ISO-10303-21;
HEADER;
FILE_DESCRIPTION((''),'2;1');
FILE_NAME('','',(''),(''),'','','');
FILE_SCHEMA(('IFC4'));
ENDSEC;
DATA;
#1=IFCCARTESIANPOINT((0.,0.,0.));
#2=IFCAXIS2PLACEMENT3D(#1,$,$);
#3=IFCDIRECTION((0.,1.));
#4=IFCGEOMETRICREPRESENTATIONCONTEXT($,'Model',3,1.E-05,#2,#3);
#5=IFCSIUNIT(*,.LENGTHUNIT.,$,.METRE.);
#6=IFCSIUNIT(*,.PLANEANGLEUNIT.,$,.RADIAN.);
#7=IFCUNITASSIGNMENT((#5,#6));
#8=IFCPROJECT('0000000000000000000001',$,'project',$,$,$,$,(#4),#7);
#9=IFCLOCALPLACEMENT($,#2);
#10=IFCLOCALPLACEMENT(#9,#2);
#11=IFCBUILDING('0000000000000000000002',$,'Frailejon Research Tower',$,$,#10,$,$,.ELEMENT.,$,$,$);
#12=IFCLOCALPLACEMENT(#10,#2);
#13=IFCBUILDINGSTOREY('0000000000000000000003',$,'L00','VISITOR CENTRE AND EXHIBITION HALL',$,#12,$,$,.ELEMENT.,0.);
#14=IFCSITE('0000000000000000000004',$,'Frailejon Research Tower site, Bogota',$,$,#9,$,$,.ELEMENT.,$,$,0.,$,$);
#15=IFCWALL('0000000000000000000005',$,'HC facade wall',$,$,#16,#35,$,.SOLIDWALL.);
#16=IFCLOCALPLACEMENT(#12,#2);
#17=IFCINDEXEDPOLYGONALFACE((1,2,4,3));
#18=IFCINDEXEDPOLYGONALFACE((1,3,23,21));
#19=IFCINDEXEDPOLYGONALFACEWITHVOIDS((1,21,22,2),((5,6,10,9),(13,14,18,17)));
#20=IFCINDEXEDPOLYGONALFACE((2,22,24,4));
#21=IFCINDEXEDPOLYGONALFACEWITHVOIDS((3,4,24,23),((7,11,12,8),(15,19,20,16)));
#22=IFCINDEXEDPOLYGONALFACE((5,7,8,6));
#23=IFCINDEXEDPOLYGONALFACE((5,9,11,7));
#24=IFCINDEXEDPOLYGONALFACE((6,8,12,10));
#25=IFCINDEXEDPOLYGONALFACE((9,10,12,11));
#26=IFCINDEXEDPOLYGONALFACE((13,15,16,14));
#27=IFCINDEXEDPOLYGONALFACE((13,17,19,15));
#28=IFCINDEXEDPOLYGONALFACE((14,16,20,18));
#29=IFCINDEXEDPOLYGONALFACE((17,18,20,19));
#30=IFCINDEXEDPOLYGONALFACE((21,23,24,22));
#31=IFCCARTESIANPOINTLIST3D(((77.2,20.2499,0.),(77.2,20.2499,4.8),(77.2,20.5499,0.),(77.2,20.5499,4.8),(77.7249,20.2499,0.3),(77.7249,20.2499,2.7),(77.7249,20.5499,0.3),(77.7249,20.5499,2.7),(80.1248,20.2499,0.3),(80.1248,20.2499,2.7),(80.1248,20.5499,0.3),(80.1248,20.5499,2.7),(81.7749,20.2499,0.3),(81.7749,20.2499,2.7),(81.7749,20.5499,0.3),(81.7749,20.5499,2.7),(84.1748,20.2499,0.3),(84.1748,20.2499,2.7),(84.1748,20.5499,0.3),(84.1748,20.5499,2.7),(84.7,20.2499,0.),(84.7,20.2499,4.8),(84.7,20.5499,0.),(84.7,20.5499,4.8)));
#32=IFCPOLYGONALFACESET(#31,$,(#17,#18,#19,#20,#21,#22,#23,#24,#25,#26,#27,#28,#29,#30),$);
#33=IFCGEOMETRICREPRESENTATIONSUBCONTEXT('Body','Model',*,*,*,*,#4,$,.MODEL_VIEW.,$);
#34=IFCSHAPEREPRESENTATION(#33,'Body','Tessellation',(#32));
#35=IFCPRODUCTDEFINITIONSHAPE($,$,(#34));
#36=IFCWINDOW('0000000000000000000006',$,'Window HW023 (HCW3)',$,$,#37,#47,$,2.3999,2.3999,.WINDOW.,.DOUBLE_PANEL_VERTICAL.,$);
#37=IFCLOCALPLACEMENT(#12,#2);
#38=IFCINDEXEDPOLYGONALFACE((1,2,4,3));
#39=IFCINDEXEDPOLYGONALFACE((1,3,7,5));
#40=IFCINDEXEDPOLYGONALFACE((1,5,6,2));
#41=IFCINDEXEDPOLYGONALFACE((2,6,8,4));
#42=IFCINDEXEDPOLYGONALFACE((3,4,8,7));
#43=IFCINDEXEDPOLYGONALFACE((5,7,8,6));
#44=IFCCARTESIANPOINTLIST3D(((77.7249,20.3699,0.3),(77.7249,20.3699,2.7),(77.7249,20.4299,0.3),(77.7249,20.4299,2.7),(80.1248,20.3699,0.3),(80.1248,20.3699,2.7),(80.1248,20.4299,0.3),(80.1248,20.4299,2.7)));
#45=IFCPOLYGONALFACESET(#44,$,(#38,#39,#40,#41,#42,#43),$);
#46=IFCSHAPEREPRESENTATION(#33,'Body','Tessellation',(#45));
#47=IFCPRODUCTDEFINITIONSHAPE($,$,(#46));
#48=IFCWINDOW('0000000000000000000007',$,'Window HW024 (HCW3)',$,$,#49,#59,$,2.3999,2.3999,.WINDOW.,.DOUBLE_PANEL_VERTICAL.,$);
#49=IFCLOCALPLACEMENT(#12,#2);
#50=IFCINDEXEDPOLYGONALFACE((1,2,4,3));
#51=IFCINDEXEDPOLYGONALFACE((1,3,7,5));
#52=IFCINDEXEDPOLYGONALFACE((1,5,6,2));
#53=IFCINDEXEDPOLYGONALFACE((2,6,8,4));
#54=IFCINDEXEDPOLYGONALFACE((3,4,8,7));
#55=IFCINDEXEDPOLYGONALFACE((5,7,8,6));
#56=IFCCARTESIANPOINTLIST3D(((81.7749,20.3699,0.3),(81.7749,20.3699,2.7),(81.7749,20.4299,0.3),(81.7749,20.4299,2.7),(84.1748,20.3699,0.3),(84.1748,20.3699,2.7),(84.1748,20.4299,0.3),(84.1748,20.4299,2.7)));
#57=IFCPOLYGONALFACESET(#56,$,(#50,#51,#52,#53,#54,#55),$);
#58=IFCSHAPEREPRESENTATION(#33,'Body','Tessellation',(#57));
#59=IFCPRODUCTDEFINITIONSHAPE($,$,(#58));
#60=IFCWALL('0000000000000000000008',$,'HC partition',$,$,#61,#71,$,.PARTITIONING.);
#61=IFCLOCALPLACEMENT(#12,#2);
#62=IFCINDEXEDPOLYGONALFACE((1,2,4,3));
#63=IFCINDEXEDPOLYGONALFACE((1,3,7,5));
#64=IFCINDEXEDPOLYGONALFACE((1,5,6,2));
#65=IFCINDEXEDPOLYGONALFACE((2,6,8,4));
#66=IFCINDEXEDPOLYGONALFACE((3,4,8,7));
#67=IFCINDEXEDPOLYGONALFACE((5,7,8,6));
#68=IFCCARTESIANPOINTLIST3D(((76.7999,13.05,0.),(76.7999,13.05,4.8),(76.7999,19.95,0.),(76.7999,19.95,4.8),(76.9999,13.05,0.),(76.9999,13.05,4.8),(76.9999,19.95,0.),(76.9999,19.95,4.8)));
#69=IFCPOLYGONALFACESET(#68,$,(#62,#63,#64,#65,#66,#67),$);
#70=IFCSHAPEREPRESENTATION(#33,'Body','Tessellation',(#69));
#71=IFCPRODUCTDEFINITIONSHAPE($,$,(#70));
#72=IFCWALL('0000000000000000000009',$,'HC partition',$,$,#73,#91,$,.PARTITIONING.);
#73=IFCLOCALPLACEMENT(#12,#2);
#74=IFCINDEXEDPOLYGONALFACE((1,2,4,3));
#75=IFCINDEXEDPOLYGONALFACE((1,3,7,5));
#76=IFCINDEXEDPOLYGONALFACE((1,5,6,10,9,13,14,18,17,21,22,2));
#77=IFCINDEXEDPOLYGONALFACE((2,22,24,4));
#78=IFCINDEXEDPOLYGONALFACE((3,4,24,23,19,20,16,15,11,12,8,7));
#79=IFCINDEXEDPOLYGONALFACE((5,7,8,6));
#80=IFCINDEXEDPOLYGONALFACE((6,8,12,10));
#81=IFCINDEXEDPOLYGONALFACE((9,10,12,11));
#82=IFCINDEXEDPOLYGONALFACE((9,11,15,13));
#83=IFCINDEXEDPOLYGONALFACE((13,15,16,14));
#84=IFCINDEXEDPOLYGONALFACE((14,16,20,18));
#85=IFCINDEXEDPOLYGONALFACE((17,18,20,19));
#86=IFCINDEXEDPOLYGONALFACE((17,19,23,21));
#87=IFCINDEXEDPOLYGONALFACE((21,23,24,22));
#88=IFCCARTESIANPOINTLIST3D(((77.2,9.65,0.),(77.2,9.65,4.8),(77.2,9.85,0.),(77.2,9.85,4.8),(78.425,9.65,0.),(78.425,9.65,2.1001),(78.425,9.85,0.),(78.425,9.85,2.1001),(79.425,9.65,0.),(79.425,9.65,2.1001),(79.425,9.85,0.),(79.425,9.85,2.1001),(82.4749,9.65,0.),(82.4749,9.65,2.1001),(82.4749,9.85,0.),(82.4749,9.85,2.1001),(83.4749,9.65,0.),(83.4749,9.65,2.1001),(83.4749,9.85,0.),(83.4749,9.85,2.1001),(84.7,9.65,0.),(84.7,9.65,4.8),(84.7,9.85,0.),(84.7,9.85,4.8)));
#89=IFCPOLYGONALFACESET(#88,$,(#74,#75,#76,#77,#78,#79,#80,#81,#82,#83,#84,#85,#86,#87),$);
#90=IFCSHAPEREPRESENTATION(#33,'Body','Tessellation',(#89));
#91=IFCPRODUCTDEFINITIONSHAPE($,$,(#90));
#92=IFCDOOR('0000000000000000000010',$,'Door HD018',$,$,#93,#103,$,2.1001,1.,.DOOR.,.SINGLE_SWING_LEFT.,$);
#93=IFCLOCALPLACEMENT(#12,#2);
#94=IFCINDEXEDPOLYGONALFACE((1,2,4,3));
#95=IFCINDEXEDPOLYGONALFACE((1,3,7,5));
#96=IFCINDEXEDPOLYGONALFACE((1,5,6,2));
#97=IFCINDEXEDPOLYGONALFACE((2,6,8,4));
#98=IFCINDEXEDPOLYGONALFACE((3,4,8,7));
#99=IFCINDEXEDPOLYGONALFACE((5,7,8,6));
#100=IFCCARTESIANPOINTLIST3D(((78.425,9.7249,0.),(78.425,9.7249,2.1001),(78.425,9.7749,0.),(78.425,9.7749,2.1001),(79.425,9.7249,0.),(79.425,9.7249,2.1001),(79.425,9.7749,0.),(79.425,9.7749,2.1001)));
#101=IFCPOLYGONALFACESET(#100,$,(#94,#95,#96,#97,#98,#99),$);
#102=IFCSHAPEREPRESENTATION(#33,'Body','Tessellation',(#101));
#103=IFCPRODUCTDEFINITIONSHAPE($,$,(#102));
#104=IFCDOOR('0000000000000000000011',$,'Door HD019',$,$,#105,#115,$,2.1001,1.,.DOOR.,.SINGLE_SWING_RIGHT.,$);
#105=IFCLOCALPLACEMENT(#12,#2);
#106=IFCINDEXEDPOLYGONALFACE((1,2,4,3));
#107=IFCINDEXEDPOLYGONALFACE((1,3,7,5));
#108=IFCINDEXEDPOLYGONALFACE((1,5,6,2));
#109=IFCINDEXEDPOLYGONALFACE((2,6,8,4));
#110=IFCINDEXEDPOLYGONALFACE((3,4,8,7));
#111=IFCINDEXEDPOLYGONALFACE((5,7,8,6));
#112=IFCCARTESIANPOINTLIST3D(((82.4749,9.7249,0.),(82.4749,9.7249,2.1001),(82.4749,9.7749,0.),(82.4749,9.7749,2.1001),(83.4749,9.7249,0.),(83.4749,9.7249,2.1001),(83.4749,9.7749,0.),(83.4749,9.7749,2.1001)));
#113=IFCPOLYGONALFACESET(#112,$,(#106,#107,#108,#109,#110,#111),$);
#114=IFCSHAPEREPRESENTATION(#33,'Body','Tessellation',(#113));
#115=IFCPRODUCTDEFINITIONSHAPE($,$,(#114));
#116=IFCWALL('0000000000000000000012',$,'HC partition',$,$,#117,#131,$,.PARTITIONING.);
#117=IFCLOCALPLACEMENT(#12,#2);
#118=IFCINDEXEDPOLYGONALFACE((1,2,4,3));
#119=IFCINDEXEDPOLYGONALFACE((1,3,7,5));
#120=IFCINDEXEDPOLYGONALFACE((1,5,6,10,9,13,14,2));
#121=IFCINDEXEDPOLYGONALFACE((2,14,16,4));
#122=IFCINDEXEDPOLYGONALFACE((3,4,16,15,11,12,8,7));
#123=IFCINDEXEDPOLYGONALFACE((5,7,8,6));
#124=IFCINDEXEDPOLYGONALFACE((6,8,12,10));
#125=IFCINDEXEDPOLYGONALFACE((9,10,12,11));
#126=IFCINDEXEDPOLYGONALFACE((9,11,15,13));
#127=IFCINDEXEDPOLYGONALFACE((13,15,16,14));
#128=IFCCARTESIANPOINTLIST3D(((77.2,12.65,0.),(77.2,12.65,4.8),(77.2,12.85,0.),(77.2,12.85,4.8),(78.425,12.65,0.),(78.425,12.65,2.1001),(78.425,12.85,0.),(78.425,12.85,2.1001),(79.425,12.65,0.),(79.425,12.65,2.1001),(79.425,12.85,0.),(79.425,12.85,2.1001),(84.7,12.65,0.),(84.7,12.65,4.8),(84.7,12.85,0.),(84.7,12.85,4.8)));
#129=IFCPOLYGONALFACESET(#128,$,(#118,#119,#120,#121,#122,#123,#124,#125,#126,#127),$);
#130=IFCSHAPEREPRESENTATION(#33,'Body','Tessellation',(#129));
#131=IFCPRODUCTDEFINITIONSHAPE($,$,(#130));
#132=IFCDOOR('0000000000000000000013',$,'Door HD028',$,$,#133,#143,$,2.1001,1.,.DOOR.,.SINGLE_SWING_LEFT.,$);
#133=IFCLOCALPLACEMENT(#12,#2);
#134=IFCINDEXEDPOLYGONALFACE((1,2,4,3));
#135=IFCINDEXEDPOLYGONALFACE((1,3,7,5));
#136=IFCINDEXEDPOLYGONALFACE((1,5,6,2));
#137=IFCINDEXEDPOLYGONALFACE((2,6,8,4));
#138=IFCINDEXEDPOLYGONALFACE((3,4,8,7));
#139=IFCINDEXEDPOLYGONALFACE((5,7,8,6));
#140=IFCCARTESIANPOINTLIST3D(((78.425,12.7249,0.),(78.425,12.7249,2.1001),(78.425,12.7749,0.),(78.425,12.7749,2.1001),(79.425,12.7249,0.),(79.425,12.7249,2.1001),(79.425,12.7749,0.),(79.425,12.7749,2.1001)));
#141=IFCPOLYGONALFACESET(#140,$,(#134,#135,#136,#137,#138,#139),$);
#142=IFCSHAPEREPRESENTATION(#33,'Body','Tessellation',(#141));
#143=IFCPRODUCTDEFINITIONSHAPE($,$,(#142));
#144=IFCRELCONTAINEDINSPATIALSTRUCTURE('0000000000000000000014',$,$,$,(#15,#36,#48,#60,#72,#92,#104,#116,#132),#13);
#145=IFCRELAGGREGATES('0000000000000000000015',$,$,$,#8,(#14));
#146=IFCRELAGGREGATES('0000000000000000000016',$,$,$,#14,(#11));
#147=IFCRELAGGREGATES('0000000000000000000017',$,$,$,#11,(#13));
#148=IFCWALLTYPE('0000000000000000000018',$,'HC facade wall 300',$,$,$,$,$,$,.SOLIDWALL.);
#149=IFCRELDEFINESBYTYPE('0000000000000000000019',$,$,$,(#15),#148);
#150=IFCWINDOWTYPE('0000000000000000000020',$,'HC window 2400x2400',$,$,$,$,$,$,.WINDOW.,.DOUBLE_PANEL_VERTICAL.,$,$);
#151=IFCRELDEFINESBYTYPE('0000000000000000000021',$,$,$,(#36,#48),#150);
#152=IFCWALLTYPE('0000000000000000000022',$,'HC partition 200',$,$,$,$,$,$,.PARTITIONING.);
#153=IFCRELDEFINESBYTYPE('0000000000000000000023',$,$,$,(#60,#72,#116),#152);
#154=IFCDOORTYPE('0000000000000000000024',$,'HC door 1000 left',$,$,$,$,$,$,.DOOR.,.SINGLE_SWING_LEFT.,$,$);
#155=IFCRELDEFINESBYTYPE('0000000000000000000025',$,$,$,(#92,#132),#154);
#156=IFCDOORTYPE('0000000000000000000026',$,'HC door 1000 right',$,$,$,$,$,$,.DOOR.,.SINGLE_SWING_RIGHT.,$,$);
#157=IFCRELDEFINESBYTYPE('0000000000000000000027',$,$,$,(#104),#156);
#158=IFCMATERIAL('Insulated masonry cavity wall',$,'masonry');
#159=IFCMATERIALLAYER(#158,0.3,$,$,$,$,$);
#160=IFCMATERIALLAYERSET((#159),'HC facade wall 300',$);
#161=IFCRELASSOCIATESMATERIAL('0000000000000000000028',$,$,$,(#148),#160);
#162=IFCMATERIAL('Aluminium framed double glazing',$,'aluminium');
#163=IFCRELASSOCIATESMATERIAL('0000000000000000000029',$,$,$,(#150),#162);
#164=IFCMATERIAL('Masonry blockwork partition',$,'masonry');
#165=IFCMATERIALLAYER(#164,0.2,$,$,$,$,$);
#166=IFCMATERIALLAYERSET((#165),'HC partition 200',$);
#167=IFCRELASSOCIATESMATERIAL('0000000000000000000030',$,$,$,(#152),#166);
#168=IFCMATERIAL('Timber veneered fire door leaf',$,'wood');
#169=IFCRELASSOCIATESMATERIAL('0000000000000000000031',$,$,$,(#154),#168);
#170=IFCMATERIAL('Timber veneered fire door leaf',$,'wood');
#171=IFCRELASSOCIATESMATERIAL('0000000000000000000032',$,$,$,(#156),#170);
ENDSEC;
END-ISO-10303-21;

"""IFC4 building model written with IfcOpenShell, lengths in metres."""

from ifc_helpers import new_model, si_unit, direction, frame, frame_2d, origin, place, context, subcontext, project, spatial, rectangle, extrude, material, layer, layer_set, type_object, element, fill, save


model = new_model("IFC4")

# Units and contexts
model_context = context("Model", 3, precision=1e-05, world=origin(), true_north=direction((0.0, 1.0)))
body_context = subcontext(model_context, "Body", "Model", "MODEL_VIEW")
ifc_project = project(units=[si_unit("LENGTHUNIT", "METRE"), si_unit("PLANEANGLEUNIT", "RADIAN")], contexts=[model_context])

# Site, building, storey
site_placement = place(None, origin())
site = spatial("IfcSite", under=ifc_project, at=site_placement, Name="Frailejon Research Tower site, Bogota", CompositionType="ELEMENT", RefElevation=0.0)
building_placement = place(site_placement, origin())
building = spatial("IfcBuilding", under=site, at=building_placement, Name="Frailejon Research Tower", CompositionType="ELEMENT")
storey_placement = place(building_placement, origin())
storey = spatial("IfcBuildingStorey", under=building, at=storey_placement, Name="L00", Description="VISITOR CENTRE AND EXHIBITION HALL", CompositionType="ELEMENT", Elevation=0.0)

# Wall, openings, windows
ifc_material_1 = material(Name="Insulated masonry cavity wall", Category="masonry")
ifc_layer_1 = layer(ifc_material_1, 0.3)
ifc_layer_set_1 = layer_set([ifc_layer_1], Name="HC facade wall 300")
wall_type_1 = type_object("IfcWallType", Name="HC facade wall 300", PredefinedType="SOLIDWALL", material=ifc_layer_set_1)
wall_1_placement = place(storey_placement, frame((77.2, 20.3999, 0.0), z_axis=(0.0, 0.0, 1.0), x_axis=(1.0, 0.0, 0.0)))
wall_1 = element("IfcWall", 1, at=wall_1_placement, inside=storey, type_object=wall_type_1, Name="HC facade wall", PredefinedType="SOLIDWALL", context=body_context, shape_type="SweptSolid", body=[
    extrude(rectangle(XDim=7.5, YDim=0.3, at=frame_2d((3.75, 0.0))), origin(), (0.0, 0.0, 1.0), 4.8),
])
opening_1_placement = place(wall_1_placement, frame((0.5249, 0.0, 0.3)))
opening_1 = element("IfcOpeningElement", 2, at=opening_1_placement, cuts=wall_1, PredefinedType="OPENING", context=body_context, shape_type="SweptSolid", body=[
    extrude(rectangle(XDim=2.3999, YDim=2.3999, at=frame_2d((1.2, 1.2))), frame((0.0, 0.1599, 0.0), z_axis=(0.0, -1.0, 0.0), x_axis=(1.0, 0.0, 0.0)), (0.0, 0.0, 1.0), 0.3201),
])
opening_2_placement = place(wall_1_placement, frame((4.575, 0.0, 0.3)))
opening_2 = element("IfcOpeningElement", 3, at=opening_2_placement, cuts=wall_1, PredefinedType="OPENING", context=body_context, shape_type="SweptSolid", body=[
    extrude(rectangle(XDim=2.3999, YDim=2.3999, at=frame_2d((1.2, 1.2))), frame((0.0, 0.1599, 0.0), z_axis=(0.0, -1.0, 0.0), x_axis=(1.0, 0.0, 0.0)), (0.0, 0.0, 1.0), 0.3201),
])
ifc_material_2 = material(Name="Aluminium framed double glazing", Category="aluminium")
window_type = type_object("IfcWindowType", Name="HC window 2400x2400", PartitioningType="DOUBLE_PANEL_VERTICAL", PredefinedType="WINDOW", material=ifc_material_2)
window_1_placement = place(opening_1_placement, origin())
window_1 = element("IfcWindow", 4, at=window_1_placement, inside=storey, type_object=window_type, Name="Window HW023 (HCW3)", OverallHeight=2.3999, OverallWidth=2.3999, PartitioningType="DOUBLE_PANEL_VERTICAL", PredefinedType="WINDOW", context=body_context, shape_type="SweptSolid", body=[
    extrude(rectangle(XDim=2.3999, YDim=2.3999, at=frame_2d((1.2, 1.2))), frame((0.0, 0.03, 0.0), z_axis=(0.0, -1.0, 0.0), x_axis=(1.0, 0.0, 0.0)), (0.0, 0.0, 1.0), 0.0601),
])
fill(opening_1, window_1)
window_2_placement = place(opening_2_placement, origin())
window_2 = element("IfcWindow", 5, at=window_2_placement, inside=storey, type_object=window_type, Name="Window HW024 (HCW3)", OverallHeight=2.3999, OverallWidth=2.3999, PartitioningType="DOUBLE_PANEL_VERTICAL", PredefinedType="WINDOW", context=body_context, shape_type="SweptSolid", body=[
    extrude(rectangle(XDim=2.3999, YDim=2.3999, at=frame_2d((1.2, 1.2))), frame((0.0, 0.03, 0.0), z_axis=(0.0, -1.0, 0.0), x_axis=(1.0, 0.0, 0.0)), (0.0, 0.0, 1.0), 0.0601),
])
fill(opening_2, window_2)

# Wall
ifc_material_3 = material(Name="Masonry blockwork partition", Category="masonry")
ifc_layer_2 = layer(ifc_material_3, 0.2)
ifc_layer_set_2 = layer_set([ifc_layer_2], Name="HC partition 200")
wall_type_2 = type_object("IfcWallType", Name="HC partition 200", PredefinedType="PARTITIONING", material=ifc_layer_set_2)
wall_2_placement = place(storey_placement, frame((76.8999, 13.05, 0.0), z_axis=(0.0, 0.0, 1.0), x_axis=(0.0, 1.0, 0.0)))
element("IfcWall", 6, at=wall_2_placement, inside=storey, type_object=wall_type_2, Name="HC partition", PredefinedType="PARTITIONING", context=body_context, shape_type="SweptSolid", body=[
    extrude(rectangle(XDim=6.8999, YDim=0.2, at=frame_2d((3.45, 0.0))), origin(), (0.0, 0.0, 1.0), 4.8),
])

# Wall, openings, doors
wall_3_placement = place(storey_placement, frame((77.2, 9.75, 0.0), z_axis=(0.0, 0.0, 1.0), x_axis=(1.0, 0.0, 0.0)))
wall_3 = element("IfcWall", 7, at=wall_3_placement, inside=storey, type_object=wall_type_2, Name="HC partition", PredefinedType="PARTITIONING", context=body_context, shape_type="SweptSolid", body=[
    extrude(rectangle(XDim=7.5, YDim=0.2, at=frame_2d((3.75, 0.0))), origin(), (0.0, 0.0, 1.0), 4.8),
])
opening_3_placement = place(wall_3_placement, frame((1.2251, 0.0, 0.0)))
opening_3 = element("IfcOpeningElement", 8, at=opening_3_placement, cuts=wall_3, PredefinedType="OPENING", context=body_context, shape_type="SweptSolid", body=[
    extrude(rectangle(XDim=1.0, YDim=2.1001, at=frame_2d((0.5, 1.05))), frame((0.0, 0.1099, 0.0), z_axis=(0.0, -1.0, 0.0), x_axis=(1.0, 0.0, 0.0)), (0.0, 0.0, 1.0), 0.22),
])
opening_4_placement = place(wall_3_placement, frame((5.2749, 0.0, 0.0)))
opening_4 = element("IfcOpeningElement", 9, at=opening_4_placement, cuts=wall_3, PredefinedType="OPENING", context=body_context, shape_type="SweptSolid", body=[
    extrude(rectangle(XDim=1.0, YDim=2.1001, at=frame_2d((0.5, 1.05))), frame((0.0, 0.1099, 0.0), z_axis=(0.0, -1.0, 0.0), x_axis=(1.0, 0.0, 0.0)), (0.0, 0.0, 1.0), 0.22),
])
ifc_material_4 = material(Name="Timber veneered fire door leaf", Category="wood")
door_type_1 = type_object("IfcDoorType", Name="HC door 1000 left", OperationType="SINGLE_SWING_LEFT", PredefinedType="DOOR", material=ifc_material_4)
door_1_placement = place(opening_3_placement, origin())
door_1 = element("IfcDoor", 10, at=door_1_placement, inside=storey, type_object=door_type_1, Name="Door HD018", OperationType="SINGLE_SWING_LEFT", OverallHeight=2.1001, OverallWidth=1.0, PredefinedType="DOOR", context=body_context, shape_type="SweptSolid", body=[
    extrude(rectangle(XDim=1.0, YDim=2.1001, at=frame_2d((0.5, 1.05))), frame((0.0, 0.0249, 0.0), z_axis=(0.0, -1.0, 0.0), x_axis=(1.0, 0.0, 0.0)), (0.0, 0.0, 1.0), 0.05),
])
fill(opening_3, door_1)
ifc_material_5 = material(Name="Timber veneered fire door leaf", Category="wood")
door_type_2 = type_object("IfcDoorType", Name="HC door 1000 right", OperationType="SINGLE_SWING_RIGHT", PredefinedType="DOOR", material=ifc_material_5)
door_2_placement = place(opening_4_placement, origin())
door_2 = element("IfcDoor", 11, at=door_2_placement, inside=storey, type_object=door_type_2, Name="Door HD019", OperationType="SINGLE_SWING_RIGHT", OverallHeight=2.1001, OverallWidth=1.0, PredefinedType="DOOR", context=body_context, shape_type="SweptSolid", body=[
    extrude(rectangle(XDim=1.0, YDim=2.1001, at=frame_2d((0.5, 1.05))), frame((0.0, 0.0249, 0.0), z_axis=(0.0, -1.0, 0.0), x_axis=(1.0, 0.0, 0.0)), (0.0, 0.0, 1.0), 0.05),
])
fill(opening_4, door_2)

# Wall, opening, door
wall_4_placement = place(storey_placement, frame((77.2, 12.75, 0.0), z_axis=(0.0, 0.0, 1.0), x_axis=(1.0, 0.0, 0.0)))
wall_4 = element("IfcWall", 12, at=wall_4_placement, inside=storey, type_object=wall_type_2, Name="HC partition", PredefinedType="PARTITIONING", context=body_context, shape_type="SweptSolid", body=[
    extrude(rectangle(XDim=7.5, YDim=0.2, at=frame_2d((3.75, 0.0))), origin(), (0.0, 0.0, 1.0), 4.8),
])
opening_5_placement = place(wall_4_placement, frame((1.2251, 0.0, 0.0)))
opening_5 = element("IfcOpeningElement", 13, at=opening_5_placement, cuts=wall_4, PredefinedType="OPENING", context=body_context, shape_type="SweptSolid", body=[
    extrude(rectangle(XDim=1.0, YDim=2.1001, at=frame_2d((0.5, 1.05))), frame((0.0, 0.1099, 0.0), z_axis=(0.0, -1.0, 0.0), x_axis=(1.0, 0.0, 0.0)), (0.0, 0.0, 1.0), 0.22),
])
door_3_placement = place(opening_5_placement, origin())
door_3 = element("IfcDoor", 14, at=door_3_placement, inside=storey, type_object=door_type_1, Name="Door HD028", OperationType="SINGLE_SWING_LEFT", OverallHeight=2.1001, OverallWidth=1.0, PredefinedType="DOOR", context=body_context, shape_type="SweptSolid", body=[
    extrude(rectangle(XDim=1.0, YDim=2.1001, at=frame_2d((0.5, 1.05))), frame((0.0, 0.0249, 0.0), z_axis=(0.0, -1.0, 0.0), x_axis=(1.0, 0.0, 0.0)), (0.0, 0.0, 1.0), 0.05),
])
fill(opening_5, door_3)

save(model, "model.ifc")
